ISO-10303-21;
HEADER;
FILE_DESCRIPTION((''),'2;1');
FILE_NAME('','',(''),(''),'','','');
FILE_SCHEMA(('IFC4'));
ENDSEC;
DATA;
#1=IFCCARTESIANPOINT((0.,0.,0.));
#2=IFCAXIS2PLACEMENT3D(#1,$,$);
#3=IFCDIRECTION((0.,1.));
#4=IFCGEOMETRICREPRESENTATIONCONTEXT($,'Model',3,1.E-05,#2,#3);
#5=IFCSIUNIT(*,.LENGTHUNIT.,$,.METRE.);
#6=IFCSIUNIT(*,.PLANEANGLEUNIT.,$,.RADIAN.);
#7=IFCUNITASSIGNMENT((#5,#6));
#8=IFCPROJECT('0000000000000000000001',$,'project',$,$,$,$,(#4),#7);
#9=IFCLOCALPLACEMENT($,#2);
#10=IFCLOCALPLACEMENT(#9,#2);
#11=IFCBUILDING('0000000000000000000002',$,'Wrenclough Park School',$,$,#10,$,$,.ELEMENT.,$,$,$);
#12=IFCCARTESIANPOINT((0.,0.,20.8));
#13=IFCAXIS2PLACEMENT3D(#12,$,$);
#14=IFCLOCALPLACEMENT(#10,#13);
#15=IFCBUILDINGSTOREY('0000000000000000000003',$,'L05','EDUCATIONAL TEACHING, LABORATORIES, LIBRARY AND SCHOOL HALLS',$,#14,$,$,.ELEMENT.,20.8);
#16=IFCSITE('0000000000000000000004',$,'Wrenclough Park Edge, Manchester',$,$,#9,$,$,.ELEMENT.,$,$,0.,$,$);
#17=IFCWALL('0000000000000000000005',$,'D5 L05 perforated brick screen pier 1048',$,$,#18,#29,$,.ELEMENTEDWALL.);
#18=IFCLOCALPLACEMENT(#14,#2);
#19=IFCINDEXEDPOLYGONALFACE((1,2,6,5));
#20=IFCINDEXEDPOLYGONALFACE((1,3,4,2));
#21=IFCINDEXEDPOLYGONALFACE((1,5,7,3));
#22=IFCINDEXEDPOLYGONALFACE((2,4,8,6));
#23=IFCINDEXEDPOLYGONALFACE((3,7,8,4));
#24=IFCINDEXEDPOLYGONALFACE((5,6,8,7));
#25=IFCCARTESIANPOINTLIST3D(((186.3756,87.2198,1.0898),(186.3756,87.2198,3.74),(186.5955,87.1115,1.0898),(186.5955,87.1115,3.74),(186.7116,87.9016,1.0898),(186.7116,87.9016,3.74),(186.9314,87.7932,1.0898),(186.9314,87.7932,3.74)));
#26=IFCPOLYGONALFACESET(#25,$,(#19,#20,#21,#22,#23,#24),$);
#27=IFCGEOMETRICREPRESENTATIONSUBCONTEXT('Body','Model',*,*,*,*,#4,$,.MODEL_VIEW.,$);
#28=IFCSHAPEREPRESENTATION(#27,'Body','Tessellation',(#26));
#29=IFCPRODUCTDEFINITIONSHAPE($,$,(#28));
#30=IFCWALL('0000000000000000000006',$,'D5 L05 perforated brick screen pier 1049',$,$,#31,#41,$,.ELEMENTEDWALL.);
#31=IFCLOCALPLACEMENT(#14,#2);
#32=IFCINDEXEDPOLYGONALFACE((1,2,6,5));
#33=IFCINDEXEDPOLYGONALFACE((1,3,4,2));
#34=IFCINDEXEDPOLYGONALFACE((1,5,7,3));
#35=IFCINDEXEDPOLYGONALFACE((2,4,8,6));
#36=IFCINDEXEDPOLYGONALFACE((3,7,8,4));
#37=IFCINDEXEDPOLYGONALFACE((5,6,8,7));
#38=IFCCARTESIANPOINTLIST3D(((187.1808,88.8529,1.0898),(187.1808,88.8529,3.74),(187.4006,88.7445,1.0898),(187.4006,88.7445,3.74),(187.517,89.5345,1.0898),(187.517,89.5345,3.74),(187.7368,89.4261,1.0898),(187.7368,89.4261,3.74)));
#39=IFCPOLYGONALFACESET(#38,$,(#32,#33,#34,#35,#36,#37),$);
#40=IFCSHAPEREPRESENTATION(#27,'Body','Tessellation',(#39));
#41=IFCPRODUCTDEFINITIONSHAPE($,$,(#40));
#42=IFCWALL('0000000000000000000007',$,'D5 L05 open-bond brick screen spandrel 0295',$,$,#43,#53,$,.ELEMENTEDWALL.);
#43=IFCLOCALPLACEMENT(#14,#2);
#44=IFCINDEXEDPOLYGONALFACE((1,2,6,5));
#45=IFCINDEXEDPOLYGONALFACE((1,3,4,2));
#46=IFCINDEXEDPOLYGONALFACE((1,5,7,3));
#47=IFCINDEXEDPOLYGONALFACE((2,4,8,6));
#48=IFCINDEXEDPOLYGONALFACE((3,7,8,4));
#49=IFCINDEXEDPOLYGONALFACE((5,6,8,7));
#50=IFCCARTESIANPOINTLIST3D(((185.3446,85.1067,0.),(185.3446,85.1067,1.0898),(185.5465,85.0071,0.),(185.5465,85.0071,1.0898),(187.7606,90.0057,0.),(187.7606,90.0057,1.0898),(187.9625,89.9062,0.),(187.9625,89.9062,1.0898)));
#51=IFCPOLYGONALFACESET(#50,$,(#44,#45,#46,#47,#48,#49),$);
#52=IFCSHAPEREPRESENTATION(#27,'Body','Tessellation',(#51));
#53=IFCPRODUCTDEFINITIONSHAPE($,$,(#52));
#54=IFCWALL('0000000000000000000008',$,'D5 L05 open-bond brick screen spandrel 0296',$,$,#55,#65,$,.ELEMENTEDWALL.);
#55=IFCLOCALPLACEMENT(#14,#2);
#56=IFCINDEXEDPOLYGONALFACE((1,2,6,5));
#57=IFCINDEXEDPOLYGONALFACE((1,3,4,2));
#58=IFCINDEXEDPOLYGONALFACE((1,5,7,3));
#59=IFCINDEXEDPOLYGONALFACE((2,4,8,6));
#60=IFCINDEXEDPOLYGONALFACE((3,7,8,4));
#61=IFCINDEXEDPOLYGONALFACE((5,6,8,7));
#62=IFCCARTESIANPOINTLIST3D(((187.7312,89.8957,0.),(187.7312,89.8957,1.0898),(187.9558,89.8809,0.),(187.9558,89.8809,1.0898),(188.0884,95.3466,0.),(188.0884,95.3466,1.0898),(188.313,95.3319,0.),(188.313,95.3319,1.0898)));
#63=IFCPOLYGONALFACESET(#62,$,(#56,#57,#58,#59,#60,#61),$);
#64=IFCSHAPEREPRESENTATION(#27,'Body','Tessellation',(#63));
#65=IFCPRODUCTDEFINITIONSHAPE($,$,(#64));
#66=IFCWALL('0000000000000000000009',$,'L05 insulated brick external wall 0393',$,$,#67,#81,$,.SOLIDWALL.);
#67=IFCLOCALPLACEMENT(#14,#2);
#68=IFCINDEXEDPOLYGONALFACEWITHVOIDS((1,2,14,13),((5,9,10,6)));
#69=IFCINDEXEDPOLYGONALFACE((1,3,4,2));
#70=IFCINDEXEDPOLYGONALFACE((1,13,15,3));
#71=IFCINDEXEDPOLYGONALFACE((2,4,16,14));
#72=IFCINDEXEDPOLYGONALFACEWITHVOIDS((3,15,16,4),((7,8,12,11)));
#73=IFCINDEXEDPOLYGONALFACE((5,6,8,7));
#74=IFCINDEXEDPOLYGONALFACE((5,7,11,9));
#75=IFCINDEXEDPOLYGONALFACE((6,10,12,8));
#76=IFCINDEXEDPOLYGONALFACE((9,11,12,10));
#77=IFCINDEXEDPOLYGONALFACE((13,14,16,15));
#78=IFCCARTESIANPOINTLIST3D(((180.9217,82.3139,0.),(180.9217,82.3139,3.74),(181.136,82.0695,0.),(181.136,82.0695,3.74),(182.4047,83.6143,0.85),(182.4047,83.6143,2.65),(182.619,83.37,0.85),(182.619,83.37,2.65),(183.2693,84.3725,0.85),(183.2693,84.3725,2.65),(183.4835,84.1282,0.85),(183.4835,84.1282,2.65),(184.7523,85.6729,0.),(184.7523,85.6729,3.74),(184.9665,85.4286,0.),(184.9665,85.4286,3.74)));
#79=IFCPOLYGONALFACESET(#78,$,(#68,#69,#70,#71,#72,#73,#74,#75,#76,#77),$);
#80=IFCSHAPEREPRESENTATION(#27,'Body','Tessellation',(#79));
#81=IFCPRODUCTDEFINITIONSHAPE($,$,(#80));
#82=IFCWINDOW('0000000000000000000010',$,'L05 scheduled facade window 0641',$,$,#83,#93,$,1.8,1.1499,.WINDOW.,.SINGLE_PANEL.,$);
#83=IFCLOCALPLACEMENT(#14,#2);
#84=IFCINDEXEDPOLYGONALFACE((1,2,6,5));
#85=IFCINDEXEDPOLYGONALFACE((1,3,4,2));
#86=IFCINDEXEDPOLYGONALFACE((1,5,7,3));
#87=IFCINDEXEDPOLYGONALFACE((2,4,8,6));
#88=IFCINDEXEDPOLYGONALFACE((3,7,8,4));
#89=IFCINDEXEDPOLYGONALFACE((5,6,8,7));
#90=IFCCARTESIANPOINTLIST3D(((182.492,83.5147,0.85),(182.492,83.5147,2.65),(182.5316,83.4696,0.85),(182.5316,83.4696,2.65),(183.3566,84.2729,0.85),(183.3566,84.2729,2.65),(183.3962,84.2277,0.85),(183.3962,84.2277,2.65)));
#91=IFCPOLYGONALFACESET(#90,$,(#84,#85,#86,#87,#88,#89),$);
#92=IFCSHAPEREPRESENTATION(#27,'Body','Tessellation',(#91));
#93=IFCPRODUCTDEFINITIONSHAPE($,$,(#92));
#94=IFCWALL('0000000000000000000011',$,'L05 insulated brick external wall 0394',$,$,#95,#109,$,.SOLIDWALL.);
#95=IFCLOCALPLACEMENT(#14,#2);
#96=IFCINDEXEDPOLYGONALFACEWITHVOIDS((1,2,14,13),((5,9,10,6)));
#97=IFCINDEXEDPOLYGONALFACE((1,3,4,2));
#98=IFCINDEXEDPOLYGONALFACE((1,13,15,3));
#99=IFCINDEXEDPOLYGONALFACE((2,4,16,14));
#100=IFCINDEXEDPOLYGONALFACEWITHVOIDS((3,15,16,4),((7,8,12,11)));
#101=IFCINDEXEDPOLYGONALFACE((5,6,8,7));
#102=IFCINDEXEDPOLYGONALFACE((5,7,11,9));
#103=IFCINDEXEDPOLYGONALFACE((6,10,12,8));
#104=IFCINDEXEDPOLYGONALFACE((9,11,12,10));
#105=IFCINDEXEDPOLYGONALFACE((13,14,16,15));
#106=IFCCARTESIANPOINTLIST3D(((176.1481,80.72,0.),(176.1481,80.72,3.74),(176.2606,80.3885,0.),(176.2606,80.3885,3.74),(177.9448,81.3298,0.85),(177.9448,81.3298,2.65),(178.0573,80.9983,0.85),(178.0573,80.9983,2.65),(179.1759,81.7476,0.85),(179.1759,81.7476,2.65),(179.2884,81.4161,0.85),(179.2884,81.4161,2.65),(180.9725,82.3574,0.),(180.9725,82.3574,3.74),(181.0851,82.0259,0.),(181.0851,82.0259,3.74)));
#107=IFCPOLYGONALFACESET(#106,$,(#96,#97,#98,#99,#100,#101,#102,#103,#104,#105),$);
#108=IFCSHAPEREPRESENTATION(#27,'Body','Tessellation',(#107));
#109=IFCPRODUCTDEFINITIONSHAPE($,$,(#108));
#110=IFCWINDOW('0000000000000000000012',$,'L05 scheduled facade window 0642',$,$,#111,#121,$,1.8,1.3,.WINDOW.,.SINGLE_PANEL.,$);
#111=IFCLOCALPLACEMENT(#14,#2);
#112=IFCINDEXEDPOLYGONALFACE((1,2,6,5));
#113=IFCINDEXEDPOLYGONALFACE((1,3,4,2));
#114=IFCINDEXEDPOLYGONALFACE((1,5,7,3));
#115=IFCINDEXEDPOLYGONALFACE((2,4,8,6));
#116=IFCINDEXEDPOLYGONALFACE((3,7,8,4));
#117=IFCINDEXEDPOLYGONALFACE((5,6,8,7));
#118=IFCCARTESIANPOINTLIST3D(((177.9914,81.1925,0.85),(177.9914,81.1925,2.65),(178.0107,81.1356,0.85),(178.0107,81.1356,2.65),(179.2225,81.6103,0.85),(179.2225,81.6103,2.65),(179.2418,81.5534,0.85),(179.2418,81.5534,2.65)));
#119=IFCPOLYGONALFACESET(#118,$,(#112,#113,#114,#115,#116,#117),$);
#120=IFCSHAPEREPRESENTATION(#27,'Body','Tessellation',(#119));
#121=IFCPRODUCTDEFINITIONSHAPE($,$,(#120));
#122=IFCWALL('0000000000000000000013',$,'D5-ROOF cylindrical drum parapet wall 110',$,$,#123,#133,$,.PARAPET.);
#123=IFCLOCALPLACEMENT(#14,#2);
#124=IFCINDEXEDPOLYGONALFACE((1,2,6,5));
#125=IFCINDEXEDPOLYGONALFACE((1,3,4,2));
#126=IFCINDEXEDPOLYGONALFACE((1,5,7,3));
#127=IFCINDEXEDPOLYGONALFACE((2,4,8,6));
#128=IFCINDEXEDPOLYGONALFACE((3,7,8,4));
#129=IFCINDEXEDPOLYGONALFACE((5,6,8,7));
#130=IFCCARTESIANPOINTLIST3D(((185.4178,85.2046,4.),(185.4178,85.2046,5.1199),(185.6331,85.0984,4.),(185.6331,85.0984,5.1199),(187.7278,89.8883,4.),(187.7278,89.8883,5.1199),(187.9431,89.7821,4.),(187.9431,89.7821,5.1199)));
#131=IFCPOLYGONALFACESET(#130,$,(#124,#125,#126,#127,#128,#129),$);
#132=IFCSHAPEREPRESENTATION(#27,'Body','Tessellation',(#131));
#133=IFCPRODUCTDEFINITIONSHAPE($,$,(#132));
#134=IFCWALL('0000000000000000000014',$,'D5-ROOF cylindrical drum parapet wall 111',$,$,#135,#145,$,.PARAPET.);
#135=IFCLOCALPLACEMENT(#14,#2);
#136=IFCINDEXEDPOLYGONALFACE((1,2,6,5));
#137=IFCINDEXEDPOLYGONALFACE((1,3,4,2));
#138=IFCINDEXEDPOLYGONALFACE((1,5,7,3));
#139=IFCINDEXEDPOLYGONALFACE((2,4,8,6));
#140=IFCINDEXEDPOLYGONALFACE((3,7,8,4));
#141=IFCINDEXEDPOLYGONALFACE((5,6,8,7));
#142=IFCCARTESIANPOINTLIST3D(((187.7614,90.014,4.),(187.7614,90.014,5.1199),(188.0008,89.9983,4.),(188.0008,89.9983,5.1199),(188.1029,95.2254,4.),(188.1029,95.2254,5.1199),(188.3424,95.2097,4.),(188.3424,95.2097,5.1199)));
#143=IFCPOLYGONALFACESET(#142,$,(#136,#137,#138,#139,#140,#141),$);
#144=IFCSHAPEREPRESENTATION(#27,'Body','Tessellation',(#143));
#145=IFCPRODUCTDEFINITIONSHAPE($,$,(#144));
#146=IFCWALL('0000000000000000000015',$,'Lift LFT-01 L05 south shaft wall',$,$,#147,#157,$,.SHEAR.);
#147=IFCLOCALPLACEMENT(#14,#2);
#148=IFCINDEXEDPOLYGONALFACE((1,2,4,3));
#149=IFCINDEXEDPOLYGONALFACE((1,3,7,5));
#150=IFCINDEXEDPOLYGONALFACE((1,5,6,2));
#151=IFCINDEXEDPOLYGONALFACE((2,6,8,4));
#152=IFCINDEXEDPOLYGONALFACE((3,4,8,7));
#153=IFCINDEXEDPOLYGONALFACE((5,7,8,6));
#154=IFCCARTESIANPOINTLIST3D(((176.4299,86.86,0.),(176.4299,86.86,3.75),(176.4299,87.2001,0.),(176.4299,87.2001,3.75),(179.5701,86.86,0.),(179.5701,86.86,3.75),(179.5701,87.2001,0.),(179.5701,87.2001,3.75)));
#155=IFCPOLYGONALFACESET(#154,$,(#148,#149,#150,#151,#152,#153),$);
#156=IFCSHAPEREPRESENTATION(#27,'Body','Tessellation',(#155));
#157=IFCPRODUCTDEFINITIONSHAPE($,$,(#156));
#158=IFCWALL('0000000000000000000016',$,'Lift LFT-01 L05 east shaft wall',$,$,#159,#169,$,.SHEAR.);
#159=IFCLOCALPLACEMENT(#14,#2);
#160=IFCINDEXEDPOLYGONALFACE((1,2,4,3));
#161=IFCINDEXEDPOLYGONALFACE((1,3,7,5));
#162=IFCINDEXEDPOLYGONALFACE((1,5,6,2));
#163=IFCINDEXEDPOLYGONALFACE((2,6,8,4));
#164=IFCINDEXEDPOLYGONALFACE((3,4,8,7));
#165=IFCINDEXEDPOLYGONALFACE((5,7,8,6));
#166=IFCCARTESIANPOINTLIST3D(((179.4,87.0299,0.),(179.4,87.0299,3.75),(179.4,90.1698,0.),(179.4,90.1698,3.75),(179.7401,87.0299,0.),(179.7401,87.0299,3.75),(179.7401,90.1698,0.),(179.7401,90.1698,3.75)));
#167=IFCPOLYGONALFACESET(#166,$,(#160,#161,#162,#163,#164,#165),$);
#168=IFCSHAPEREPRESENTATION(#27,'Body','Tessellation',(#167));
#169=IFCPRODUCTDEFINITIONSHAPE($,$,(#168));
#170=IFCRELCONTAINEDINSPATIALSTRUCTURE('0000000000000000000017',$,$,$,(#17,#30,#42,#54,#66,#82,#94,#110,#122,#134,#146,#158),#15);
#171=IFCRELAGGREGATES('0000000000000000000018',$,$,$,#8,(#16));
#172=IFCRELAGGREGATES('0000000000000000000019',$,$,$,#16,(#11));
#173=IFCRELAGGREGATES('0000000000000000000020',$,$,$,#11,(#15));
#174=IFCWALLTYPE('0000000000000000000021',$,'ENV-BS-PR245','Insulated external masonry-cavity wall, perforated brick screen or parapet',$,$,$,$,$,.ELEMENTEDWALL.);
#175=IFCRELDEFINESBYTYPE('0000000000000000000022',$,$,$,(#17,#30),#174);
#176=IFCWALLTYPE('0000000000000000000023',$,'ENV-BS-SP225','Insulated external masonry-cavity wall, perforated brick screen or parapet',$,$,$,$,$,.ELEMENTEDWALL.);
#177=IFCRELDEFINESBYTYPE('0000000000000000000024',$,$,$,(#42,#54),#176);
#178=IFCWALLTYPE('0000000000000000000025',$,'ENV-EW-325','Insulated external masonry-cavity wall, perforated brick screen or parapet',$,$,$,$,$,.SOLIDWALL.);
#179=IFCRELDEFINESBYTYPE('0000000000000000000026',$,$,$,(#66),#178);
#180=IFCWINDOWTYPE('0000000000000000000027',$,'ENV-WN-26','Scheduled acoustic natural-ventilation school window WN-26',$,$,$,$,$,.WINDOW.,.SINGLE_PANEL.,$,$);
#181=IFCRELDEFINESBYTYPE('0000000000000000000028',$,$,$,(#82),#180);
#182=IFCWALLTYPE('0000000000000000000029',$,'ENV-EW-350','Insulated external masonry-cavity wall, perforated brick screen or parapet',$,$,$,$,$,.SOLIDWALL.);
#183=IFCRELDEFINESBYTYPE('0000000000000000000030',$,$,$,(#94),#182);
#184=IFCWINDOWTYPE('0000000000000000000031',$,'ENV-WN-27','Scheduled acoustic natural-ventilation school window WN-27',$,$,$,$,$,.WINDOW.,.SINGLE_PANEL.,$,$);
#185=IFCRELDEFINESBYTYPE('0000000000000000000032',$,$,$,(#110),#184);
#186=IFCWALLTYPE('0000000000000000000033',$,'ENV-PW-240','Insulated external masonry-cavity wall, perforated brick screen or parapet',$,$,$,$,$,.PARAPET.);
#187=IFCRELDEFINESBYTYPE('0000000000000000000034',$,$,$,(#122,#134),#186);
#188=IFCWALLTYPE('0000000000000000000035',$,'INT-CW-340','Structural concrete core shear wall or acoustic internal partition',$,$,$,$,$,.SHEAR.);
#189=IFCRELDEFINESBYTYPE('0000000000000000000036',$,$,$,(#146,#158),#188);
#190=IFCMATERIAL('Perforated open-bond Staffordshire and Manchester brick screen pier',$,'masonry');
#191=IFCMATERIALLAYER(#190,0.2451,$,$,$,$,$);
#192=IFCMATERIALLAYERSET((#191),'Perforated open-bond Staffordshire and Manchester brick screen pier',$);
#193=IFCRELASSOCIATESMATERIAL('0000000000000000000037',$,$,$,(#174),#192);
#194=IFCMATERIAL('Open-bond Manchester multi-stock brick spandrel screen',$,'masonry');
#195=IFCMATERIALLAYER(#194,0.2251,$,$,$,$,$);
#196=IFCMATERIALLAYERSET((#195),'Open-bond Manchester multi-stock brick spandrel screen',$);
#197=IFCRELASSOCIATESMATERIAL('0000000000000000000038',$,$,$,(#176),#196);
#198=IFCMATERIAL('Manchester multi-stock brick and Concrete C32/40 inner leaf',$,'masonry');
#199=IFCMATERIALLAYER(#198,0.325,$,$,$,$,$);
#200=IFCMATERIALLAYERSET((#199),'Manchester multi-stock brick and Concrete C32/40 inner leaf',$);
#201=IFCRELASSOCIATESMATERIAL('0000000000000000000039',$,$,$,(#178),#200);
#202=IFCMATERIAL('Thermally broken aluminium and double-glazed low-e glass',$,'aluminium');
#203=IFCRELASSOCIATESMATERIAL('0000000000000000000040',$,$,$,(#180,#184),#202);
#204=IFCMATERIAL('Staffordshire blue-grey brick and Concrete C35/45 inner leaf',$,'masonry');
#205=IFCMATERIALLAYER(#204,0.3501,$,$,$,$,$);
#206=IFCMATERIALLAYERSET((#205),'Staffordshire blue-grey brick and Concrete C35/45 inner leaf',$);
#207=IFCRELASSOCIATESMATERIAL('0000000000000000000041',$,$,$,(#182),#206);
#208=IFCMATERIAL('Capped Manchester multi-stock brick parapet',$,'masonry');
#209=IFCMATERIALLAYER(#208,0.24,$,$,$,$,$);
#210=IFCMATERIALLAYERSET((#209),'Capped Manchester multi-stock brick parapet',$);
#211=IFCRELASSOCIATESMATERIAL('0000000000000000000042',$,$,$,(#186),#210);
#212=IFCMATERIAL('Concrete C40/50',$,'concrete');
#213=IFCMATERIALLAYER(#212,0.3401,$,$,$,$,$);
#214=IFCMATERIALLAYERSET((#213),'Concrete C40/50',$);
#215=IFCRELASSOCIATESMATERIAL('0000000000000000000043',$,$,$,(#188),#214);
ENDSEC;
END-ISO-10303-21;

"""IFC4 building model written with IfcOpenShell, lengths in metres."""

from ifc_helpers import new_model, si_unit, direction, frame, frame_2d, origin, place, context, subcontext, project, spatial, rectangle, extrude, material, layer, layer_set, type_object, element, fill, save


model = new_model("IFC4")

# Units and contexts
model_context = context("Model", 3, precision=1e-05, world=origin(), true_north=direction((0.0, 1.0)))
body_context = subcontext(model_context, "Body", "Model", "MODEL_VIEW")
ifc_project = project(units=[si_unit("LENGTHUNIT", "METRE"), si_unit("PLANEANGLEUNIT", "RADIAN")], contexts=[model_context])

# Site, building, storey
site_placement = place(None, origin())
site = spatial("IfcSite", under=ifc_project, at=site_placement, Name="Wrenclough Park Edge, Manchester", CompositionType="ELEMENT", RefElevation=0.0)
building_placement = place(site_placement, origin())
building = spatial("IfcBuilding", under=site, at=building_placement, Name="Wrenclough Park School", CompositionType="ELEMENT")
storey_placement = place(building_placement, frame((0.0, 0.0, 20.8)))
storey = spatial("IfcBuildingStorey", under=building, at=storey_placement, Name="L05", Description="EDUCATIONAL TEACHING, LABORATORIES, LIBRARY AND SCHOOL HALLS", CompositionType="ELEMENT", Elevation=20.8)

# Shared definitions
ifc_material_1 = material(Name="Concrete C40/50", Category="concrete")

# Walls
ifc_material_2 = material(Name="Perforated open-bond Staffordshire and Manchester brick screen pier", Category="masonry")
ifc_layer_1 = layer(ifc_material_2, 0.2451)
ifc_layer_set_1 = layer_set([ifc_layer_1], Name="Perforated open-bond Staffordshire and Manchester brick screen pier")
wall_type_1 = type_object("IfcWallType", Name="ENV-BS-PR245", Description="Insulated external masonry-cavity wall, perforated brick screen or parapet", PredefinedType="ELEMENTEDWALL", material=ifc_layer_set_1)
for number, where, z_axis, x_axis, name in (
    (1, (186.4856, 87.1658, 1.0898), (0.0, 0.0, 1.0), (0.442066, 0.896983, 0.0), "D5 L05 perforated brick screen pier 1048"),
    (2, (187.2908, 88.7988, 1.0898), (0.0, 0.0, 1.0), (0.442324, 0.896855, 0.0), "D5 L05 perforated brick screen pier 1049"),
):
    element("IfcWall", number, at=place(storey_placement, frame(where, z_axis=z_axis, x_axis=x_axis)), inside=storey, type_object=wall_type_1, Name=name, PredefinedType="ELEMENTEDWALL", context=body_context, shape_type="SweptSolid", body=[
        extrude(rectangle(XDim=0.76, YDim=0.2451, at=frame_2d((0.3799, 0.0))), origin(), (0.0, 0.0, 1.0), 2.6501),
    ])
ifc_material_3 = material(Name="Open-bond Manchester multi-stock brick spandrel screen", Category="masonry")
ifc_layer_2 = layer(ifc_material_3, 0.2251)
ifc_layer_set_2 = layer_set([ifc_layer_2], Name="Open-bond Manchester multi-stock brick spandrel screen")
wall_type_2 = type_object("IfcWallType", Name="ENV-BS-SP225", Description="Insulated external masonry-cavity wall, perforated brick screen or parapet", PredefinedType="ELEMENTEDWALL", material=ifc_layer_set_2)
wall_1_placement = place(storey_placement, frame((185.4456, 85.0569, 0.0), z_axis=(0.0, 0.0, 1.0), x_axis=(0.442291, 0.896872, 0.0)))
element("IfcWall", 3, at=wall_1_placement, inside=storey, type_object=wall_type_2, Name="D5 L05 open-bond brick screen spandrel 0295", PredefinedType="ELEMENTEDWALL", context=body_context, shape_type="SweptSolid", body=[
    extrude(rectangle(XDim=5.4624, YDim=0.2251, at=frame_2d((2.7312, 0.0))), origin(), (0.0, 0.0, 1.0), 1.0898),
])
wall_2_placement = place(storey_placement, frame((187.8435, 89.8882, 0.0), z_axis=(0.0, 0.0, 1.0), x_axis=(0.065386, 0.99786, 0.0)))
element("IfcWall", 4, at=wall_2_placement, inside=storey, type_object=wall_type_2, Name="D5 L05 open-bond brick screen spandrel 0296", PredefinedType="ELEMENTEDWALL", context=body_context, shape_type="SweptSolid", body=[
    extrude(rectangle(XDim=5.4626, YDim=0.2251, at=frame_2d((2.7314, 0.0))), origin(), (0.0, 0.0, 1.0), 1.0898),
])

# Walls, openings, windows
ifc_material_4 = material(Name="Manchester multi-stock brick and Concrete C32/40 inner leaf", Category="masonry")
ifc_layer_3 = layer(ifc_material_4, 0.325)
ifc_layer_set_3 = layer_set([ifc_layer_3], Name="Manchester multi-stock brick and Concrete C32/40 inner leaf")
wall_type_3 = type_object("IfcWallType", Name="ENV-EW-325", Description="Insulated external masonry-cavity wall, perforated brick screen or parapet", PredefinedType="SOLIDWALL", material=ifc_layer_set_3)
wall_3_placement = place(storey_placement, frame((184.8594, 85.5508, 0.0), z_axis=(0.0, 0.0, 1.0), x_axis=(-0.751858, -0.659325, 0.0)))
wall_3 = element("IfcWall", 5, at=wall_3_placement, inside=storey, type_object=wall_type_3, Name="L05 insulated brick external wall 0393", PredefinedType="SOLIDWALL", context=body_context, shape_type="SweptSolid", body=[
    extrude(rectangle(XDim=5.0947, YDim=0.325, at=frame_2d((2.5474, 0.0))), origin(), (0.0, 0.0, 1.0), 3.74),
])
opening_1_placement = place(wall_3_placement, frame((1.9724, 0.0, 0.8501)))
opening_1 = element("IfcOpeningElement", 6, at=opening_1_placement, cuts=wall_3, PredefinedType="OPENING", context=body_context, shape_type="SweptSolid", body=[
    extrude(rectangle(XDim=1.1499, YDim=1.8, at=frame_2d((0.575, 0.8999))), frame((0.0, 0.1724, 0.0), z_axis=(0.0, -1.0, 0.0), x_axis=(1.0, 0.0, 0.0)), (0.0, 0.0, 1.0), 0.345),
])
ifc_material_5 = material(Name="Thermally broken aluminium and double-glazed low-e glass", Category="aluminium")
window_type_1 = type_object("IfcWindowType", Name="ENV-WN-26", Description="Scheduled acoustic natural-ventilation school window WN-26", PartitioningType="SINGLE_PANEL", PredefinedType="WINDOW", material=ifc_material_5)
window_1_placement = place(opening_1_placement, origin())
window_1 = element("IfcWindow", 7, at=window_1_placement, inside=storey, type_object=window_type_1, Name="L05 scheduled facade window 0641", OverallHeight=1.8, OverallWidth=1.1499, PartitioningType="SINGLE_PANEL", PredefinedType="WINDOW", context=body_context, shape_type="SweptSolid", body=[
    extrude(rectangle(XDim=1.1499, YDim=1.8, at=frame_2d((0.575, 0.8999))), frame((0.0, 0.03, 0.0), z_axis=(0.0, -1.0, 0.0), x_axis=(1.0, 0.0, 0.0)), (0.0, 0.0, 1.0), 0.0601),
])
fill(opening_1, window_1)
ifc_material_6 = material(Name="Staffordshire blue-grey brick and Concrete C35/45 inner leaf", Category="masonry")
ifc_layer_4 = layer(ifc_material_6, 0.3501)
ifc_layer_set_4 = layer_set([ifc_layer_4], Name="Staffordshire blue-grey brick and Concrete C35/45 inner leaf")
wall_type_4 = type_object("IfcWallType", Name="ENV-EW-350", Description="Insulated external masonry-cavity wall, perforated brick screen or parapet", PredefinedType="SOLIDWALL", material=ifc_layer_set_4)
wall_4_placement = place(storey_placement, frame((181.0288, 82.1917, 0.0), z_axis=(0.0, 0.0, 1.0), x_axis=(-0.946944, -0.321398, 0.0)))
wall_4 = element("IfcWall", 8, at=wall_4_placement, inside=storey, type_object=wall_type_4, Name="L05 insulated brick external wall 0394", PredefinedType="SOLIDWALL", context=body_context, shape_type="SweptSolid", body=[
    extrude(rectangle(XDim=5.0947, YDim=0.3501, at=frame_2d((2.5474, 0.0))), origin(), (0.0, 0.0, 1.0), 3.74),
])
opening_2_placement = place(wall_4_placement, frame((1.8975, 0.0, 0.8501)))
opening_2 = element("IfcOpeningElement", 9, at=opening_2_placement, cuts=wall_4, PredefinedType="OPENING", context=body_context, shape_type="SweptSolid", body=[
    extrude(rectangle(XDim=1.3, YDim=1.8, at=frame_2d((0.6499, 0.8999))), frame((0.0, 0.1851, 0.0), z_axis=(0.0, -1.0, 0.0), x_axis=(1.0, 0.0, 0.0)), (0.0, 0.0, 1.0), 0.3701),
])
window_type_2 = type_object("IfcWindowType", Name="ENV-WN-27", Description="Scheduled acoustic natural-ventilation school window WN-27", PartitioningType="SINGLE_PANEL", PredefinedType="WINDOW", material=ifc_material_5)
window_2_placement = place(opening_2_placement, origin())
window_2 = element("IfcWindow", 10, at=window_2_placement, inside=storey, type_object=window_type_2, Name="L05 scheduled facade window 0642", OverallHeight=1.8, OverallWidth=1.3, PartitioningType="SINGLE_PANEL", PredefinedType="WINDOW", context=body_context, shape_type="SweptSolid", body=[
    extrude(rectangle(XDim=1.3, YDim=1.8, at=frame_2d((0.6499, 0.8999))), frame((0.0, 0.03, 0.0), z_axis=(0.0, -1.0, 0.0), x_axis=(1.0, 0.0, 0.0)), (0.0, 0.0, 1.0), 0.0601),
])
fill(opening_2, window_2)

# Walls
ifc_material_7 = material(Name="Capped Manchester multi-stock brick parapet", Category="masonry")
ifc_layer_5 = layer(ifc_material_7, 0.24)
ifc_layer_set_5 = layer_set([ifc_layer_5], Name="Capped Manchester multi-stock brick parapet")
wall_type_5 = type_object("IfcWallType", Name="ENV-PW-240", Description="Insulated external masonry-cavity wall, perforated brick screen or parapet", PredefinedType="PARAPET", material=ifc_layer_set_5)
wall_5_placement = place(storey_placement, frame((185.5254, 85.1514, 4.0), z_axis=(0.0, 0.0, 1.0), x_axis=(0.442326, 0.896854, 0.0)))
element("IfcWall", 11, at=wall_5_placement, inside=storey, type_object=wall_type_5, Name="D5-ROOF cylindrical drum parapet wall 110", PredefinedType="PARAPET", context=body_context, shape_type="SweptSolid", body=[
    extrude(rectangle(XDim=5.2224, YDim=0.24, at=frame_2d((2.6113, 0.0))), origin(), (0.0, 0.0, 1.0), 1.1199),
])
wall_6_placement = place(storey_placement, frame((187.8811, 90.0061, 4.0), z_axis=(0.0, 0.0, 1.0), x_axis=(0.065399, 0.997859, 0.0)))
element("IfcWall", 12, at=wall_6_placement, inside=storey, type_object=wall_type_5, Name="D5-ROOF cylindrical drum parapet wall 111", PredefinedType="PARAPET", context=body_context, shape_type="SweptSolid", body=[
    extrude(rectangle(XDim=5.2227, YDim=0.24, at=frame_2d((2.6113, 0.0))), origin(), (0.0, 0.0, 1.0), 1.1199),
])
ifc_layer_6 = layer(ifc_material_1, 0.3401)
ifc_layer_set_6 = layer_set([ifc_layer_6], Name="Concrete C40/50")
wall_type_6 = type_object("IfcWallType", Name="INT-CW-340", Description="Structural concrete core shear wall or acoustic internal partition", PredefinedType="SHEAR", material=ifc_layer_set_6)
wall_7_placement = place(storey_placement, frame((176.4299, 87.03, 0.0), z_axis=(0.0, 0.0, 1.0), x_axis=(1.0, 0.0, 0.0)))
element("IfcWall", 13, at=wall_7_placement, inside=storey, type_object=wall_type_6, Name="Lift LFT-01 L05 south shaft wall", PredefinedType="SHEAR", context=body_context, shape_type="SweptSolid", body=[
    extrude(rectangle(XDim=3.1401, YDim=0.3401, at=frame_2d((1.5701, 0.0))), origin(), (0.0, 0.0, 1.0), 3.75),
])
wall_8_placement = place(storey_placement, frame((179.5701, 87.03, 0.0), z_axis=(0.0, 0.0, 1.0), x_axis=(0.0, 1.0, 0.0)))
element("IfcWall", 14, at=wall_8_placement, inside=storey, type_object=wall_type_6, Name="Lift LFT-01 L05 east shaft wall", PredefinedType="SHEAR", context=body_context, shape_type="SweptSolid", body=[
    extrude(rectangle(XDim=3.1399, YDim=0.3401, at=frame_2d((1.5698, 0.0))), origin(), (0.0, 0.0, 1.0), 3.75),
])

save(model, "model.ifc")
